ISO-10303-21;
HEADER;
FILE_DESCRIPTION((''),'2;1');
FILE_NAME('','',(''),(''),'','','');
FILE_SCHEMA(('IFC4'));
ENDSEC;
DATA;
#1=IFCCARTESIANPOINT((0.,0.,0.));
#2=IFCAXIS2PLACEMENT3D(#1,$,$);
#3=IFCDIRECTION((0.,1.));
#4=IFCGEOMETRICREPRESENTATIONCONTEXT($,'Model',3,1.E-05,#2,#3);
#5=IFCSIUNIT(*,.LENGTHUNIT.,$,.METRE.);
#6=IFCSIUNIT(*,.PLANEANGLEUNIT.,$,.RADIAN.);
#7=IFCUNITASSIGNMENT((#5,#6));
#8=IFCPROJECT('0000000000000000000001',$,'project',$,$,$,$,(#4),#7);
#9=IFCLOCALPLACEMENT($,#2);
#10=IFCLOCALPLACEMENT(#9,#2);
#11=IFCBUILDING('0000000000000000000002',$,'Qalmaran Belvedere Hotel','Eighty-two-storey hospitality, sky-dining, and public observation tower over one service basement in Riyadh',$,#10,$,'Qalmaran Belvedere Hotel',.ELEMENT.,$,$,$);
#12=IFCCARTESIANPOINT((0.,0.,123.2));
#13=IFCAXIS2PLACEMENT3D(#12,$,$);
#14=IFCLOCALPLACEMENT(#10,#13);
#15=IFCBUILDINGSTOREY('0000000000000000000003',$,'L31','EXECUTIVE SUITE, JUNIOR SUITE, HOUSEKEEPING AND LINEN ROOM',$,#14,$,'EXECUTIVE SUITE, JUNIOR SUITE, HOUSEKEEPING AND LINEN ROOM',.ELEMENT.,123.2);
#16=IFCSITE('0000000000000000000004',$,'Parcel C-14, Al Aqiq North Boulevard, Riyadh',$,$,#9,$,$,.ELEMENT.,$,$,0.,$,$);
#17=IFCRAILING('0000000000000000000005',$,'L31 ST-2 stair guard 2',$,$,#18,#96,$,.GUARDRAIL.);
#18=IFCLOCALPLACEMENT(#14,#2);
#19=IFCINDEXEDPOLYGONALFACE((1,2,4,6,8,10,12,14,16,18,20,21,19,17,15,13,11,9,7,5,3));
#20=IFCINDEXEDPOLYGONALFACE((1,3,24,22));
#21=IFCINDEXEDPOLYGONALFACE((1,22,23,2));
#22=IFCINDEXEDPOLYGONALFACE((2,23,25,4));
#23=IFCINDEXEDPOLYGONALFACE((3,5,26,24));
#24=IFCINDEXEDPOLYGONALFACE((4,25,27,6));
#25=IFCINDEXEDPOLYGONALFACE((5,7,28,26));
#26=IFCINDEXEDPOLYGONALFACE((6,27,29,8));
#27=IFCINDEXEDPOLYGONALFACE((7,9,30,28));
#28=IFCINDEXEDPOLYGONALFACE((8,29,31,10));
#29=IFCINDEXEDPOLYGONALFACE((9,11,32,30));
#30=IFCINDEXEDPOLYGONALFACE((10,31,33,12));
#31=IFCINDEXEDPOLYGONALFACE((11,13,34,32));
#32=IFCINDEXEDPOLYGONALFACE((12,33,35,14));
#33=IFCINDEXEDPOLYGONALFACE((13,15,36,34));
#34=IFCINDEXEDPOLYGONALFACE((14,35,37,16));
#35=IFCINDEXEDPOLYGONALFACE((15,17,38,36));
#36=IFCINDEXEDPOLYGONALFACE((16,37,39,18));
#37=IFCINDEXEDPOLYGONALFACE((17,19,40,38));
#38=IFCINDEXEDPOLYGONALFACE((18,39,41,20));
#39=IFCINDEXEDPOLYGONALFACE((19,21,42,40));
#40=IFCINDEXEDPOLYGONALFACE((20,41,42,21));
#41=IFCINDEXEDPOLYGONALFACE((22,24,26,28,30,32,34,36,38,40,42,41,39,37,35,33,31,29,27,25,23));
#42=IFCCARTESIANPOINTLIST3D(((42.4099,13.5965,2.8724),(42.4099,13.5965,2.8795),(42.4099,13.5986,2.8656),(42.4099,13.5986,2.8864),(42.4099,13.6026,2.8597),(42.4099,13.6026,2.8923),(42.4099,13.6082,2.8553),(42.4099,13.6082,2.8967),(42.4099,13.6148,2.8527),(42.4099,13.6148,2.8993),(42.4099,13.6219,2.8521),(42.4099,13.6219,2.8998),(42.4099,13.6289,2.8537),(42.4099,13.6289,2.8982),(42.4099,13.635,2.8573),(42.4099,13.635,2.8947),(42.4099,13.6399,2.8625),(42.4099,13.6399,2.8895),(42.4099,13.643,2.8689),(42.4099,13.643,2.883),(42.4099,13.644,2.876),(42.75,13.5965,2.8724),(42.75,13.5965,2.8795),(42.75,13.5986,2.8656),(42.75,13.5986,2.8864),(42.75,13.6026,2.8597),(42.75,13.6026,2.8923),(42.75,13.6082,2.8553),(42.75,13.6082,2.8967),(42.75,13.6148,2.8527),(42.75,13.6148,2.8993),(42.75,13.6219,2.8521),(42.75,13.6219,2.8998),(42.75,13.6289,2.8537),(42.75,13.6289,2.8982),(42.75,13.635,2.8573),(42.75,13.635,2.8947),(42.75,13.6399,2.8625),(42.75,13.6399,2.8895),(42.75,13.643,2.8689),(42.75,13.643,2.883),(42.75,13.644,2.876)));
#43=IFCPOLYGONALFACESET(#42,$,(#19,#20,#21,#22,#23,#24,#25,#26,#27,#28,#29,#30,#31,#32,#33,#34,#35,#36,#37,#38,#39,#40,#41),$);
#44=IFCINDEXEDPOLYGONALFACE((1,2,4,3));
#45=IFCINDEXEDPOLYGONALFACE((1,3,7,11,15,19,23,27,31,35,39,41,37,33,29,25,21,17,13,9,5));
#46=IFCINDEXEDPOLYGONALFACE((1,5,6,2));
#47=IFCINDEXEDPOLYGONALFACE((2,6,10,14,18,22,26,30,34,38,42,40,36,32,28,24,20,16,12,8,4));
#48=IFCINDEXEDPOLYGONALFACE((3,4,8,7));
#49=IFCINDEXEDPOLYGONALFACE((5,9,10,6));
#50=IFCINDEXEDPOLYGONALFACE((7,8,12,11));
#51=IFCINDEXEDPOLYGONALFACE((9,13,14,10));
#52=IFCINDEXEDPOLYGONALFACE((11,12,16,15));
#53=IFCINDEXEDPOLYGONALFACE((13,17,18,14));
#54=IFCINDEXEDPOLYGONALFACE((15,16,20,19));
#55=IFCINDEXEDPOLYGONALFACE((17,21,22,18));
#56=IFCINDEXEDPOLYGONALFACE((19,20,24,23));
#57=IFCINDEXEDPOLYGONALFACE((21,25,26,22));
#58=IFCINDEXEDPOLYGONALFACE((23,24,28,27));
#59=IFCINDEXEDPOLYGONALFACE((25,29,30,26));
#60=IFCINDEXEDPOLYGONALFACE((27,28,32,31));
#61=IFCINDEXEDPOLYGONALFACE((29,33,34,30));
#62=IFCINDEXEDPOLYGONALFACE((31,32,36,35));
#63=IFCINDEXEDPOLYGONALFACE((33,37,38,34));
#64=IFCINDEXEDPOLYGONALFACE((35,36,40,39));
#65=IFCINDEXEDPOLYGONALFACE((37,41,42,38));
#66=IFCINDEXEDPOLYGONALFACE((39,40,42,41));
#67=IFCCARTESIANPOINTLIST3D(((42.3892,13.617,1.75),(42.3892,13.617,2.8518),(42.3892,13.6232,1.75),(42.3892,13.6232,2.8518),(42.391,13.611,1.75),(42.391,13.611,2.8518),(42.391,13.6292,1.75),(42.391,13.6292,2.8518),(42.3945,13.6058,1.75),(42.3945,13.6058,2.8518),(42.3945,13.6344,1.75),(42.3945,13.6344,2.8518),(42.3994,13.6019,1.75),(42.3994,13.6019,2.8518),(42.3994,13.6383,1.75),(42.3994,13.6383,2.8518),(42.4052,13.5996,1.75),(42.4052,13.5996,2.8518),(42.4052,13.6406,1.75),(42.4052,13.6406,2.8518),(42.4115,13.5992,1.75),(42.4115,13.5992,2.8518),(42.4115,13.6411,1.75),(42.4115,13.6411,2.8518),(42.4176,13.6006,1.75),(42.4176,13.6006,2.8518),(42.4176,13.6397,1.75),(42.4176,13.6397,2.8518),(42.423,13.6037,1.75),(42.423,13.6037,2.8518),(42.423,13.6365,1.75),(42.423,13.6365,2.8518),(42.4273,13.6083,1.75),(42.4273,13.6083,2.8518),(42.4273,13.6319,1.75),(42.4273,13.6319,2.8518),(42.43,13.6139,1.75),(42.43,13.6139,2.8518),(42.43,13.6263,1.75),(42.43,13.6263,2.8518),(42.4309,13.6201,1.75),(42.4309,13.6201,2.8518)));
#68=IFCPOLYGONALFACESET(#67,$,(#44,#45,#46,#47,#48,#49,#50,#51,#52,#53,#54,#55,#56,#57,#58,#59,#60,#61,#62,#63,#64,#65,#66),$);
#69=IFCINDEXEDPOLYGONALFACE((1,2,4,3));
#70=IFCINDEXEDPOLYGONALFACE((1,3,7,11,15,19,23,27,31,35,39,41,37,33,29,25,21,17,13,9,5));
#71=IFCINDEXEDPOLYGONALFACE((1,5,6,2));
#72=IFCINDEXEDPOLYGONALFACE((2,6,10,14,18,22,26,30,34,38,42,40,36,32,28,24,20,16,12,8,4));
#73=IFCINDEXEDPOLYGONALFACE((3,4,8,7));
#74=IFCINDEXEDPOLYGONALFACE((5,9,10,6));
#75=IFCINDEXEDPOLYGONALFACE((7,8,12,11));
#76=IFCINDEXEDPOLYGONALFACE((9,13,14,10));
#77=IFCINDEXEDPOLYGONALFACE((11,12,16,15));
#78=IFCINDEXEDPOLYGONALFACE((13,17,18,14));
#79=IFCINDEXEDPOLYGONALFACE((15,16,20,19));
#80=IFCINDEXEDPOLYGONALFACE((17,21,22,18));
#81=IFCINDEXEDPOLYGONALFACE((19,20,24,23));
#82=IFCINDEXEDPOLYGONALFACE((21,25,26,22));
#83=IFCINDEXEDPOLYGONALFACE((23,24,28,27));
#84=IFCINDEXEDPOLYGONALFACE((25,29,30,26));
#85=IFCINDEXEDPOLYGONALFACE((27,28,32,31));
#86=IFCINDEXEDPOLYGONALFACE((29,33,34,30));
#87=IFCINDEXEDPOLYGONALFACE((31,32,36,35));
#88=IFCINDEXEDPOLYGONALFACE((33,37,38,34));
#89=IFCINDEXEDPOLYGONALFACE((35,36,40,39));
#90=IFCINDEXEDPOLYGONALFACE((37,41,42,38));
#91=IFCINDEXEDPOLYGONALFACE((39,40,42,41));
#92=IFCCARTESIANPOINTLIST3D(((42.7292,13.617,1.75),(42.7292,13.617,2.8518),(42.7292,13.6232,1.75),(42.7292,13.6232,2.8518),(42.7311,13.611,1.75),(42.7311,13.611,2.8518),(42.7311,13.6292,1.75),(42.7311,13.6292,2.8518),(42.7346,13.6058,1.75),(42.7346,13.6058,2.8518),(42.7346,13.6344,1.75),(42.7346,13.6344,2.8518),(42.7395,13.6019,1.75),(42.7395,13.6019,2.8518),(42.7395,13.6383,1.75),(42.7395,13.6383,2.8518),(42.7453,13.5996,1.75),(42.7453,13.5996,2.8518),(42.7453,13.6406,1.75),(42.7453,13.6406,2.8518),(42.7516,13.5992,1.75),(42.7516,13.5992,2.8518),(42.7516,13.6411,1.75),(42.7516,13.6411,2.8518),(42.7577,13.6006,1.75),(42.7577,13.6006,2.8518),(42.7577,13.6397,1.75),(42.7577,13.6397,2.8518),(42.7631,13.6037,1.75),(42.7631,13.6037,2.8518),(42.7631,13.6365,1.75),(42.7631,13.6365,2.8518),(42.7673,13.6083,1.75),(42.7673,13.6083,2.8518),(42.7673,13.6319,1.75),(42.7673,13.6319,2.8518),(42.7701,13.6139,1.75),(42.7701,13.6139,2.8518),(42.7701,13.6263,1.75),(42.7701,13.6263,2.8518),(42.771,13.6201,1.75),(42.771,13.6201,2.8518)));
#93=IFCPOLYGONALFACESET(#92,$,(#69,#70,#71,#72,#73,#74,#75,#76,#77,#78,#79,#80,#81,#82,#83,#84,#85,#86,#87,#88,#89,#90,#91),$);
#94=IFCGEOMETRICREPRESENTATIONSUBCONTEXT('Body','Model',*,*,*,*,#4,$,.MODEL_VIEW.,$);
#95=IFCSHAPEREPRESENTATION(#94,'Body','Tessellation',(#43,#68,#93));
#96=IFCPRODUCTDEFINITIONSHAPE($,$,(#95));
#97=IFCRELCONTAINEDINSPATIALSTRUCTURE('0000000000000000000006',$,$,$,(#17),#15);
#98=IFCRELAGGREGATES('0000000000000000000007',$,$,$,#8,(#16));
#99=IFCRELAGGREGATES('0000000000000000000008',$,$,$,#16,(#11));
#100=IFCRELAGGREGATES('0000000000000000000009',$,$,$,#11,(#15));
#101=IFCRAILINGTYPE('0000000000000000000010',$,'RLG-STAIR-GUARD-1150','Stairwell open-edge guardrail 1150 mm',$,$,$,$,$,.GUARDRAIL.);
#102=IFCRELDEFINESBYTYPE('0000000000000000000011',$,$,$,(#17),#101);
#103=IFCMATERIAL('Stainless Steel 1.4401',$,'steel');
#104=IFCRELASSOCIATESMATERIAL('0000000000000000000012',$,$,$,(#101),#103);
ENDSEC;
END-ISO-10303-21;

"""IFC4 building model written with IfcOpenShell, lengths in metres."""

from ifc_helpers import new_model, si_unit, direction, frame, origin, origin_2d, place, context, subcontext, project, spatial, circle, extrude, material, type_object, element, save


model = new_model("IFC4")

# Units and contexts
model_context = context("Model", 3, precision=1e-05, world=origin(), true_north=direction((0.0, 1.0)))
body_context = subcontext(model_context, "Body", "Model", "MODEL_VIEW")
ifc_project = project(units=[si_unit("LENGTHUNIT", "METRE"), si_unit("PLANEANGLEUNIT", "RADIAN")], contexts=[model_context])

# Site, building, storey
site_placement = place(None, origin())
site = spatial("IfcSite", under=ifc_project, at=site_placement, Name="Parcel C-14, Al Aqiq North Boulevard, Riyadh", CompositionType="ELEMENT", RefElevation=0.0)
building_placement = place(site_placement, origin())
building = spatial("IfcBuilding", under=site, at=building_placement, Name="Qalmaran Belvedere Hotel", Description="Eighty-two-storey hospitality, sky-dining, and public observation tower over one service basement in Riyadh", LongName="Qalmaran Belvedere Hotel", CompositionType="ELEMENT")
storey_placement = place(building_placement, frame((0.0, 0.0, 123.2)))
storey = spatial("IfcBuildingStorey", under=building, at=storey_placement, Name="L31", Description="EXECUTIVE SUITE, JUNIOR SUITE, HOUSEKEEPING AND LINEN ROOM", LongName="EXECUTIVE SUITE, JUNIOR SUITE, HOUSEKEEPING AND LINEN ROOM", CompositionType="ELEMENT", Elevation=123.2)

# Railing
ifc_material_1 = material(Name="Stainless Steel 1.4401", Category="steel")
railing_type = type_object("IfcRailingType", Name="RLG-STAIR-GUARD-1150", Description="Stairwell open-edge guardrail 1150 mm", PredefinedType="GUARDRAIL", material=ifc_material_1)
railing_placement = place(storey_placement, frame((42.4099, 13.6201, 1.75)))
element("IfcRailing", 1, at=railing_placement, inside=storey, type_object=railing_type, Name="L31 ST-2 stair guard 2", PredefinedType="GUARDRAIL", context=body_context, shape_type="SweptSolid", body=[
    extrude(circle(Radius=0.0239, at=origin_2d()), frame((0.0, 0.0, 1.126), z_axis=(1.0, 0.0, 0.0), x_axis=(0.0, 1.0, 0.0)), (0.0, 0.0, 1.0), 0.3401),
    extrude(circle(Radius=0.021, at=origin_2d()), origin(), (0.0, 0.0, 1.0), 1.1018),
    extrude(circle(Radius=0.021, at=origin_2d()), frame((0.3401, 0.0, 0.0)), (0.0, 0.0, 1.0), 1.1018),
])

save(model, "model.ifc")
